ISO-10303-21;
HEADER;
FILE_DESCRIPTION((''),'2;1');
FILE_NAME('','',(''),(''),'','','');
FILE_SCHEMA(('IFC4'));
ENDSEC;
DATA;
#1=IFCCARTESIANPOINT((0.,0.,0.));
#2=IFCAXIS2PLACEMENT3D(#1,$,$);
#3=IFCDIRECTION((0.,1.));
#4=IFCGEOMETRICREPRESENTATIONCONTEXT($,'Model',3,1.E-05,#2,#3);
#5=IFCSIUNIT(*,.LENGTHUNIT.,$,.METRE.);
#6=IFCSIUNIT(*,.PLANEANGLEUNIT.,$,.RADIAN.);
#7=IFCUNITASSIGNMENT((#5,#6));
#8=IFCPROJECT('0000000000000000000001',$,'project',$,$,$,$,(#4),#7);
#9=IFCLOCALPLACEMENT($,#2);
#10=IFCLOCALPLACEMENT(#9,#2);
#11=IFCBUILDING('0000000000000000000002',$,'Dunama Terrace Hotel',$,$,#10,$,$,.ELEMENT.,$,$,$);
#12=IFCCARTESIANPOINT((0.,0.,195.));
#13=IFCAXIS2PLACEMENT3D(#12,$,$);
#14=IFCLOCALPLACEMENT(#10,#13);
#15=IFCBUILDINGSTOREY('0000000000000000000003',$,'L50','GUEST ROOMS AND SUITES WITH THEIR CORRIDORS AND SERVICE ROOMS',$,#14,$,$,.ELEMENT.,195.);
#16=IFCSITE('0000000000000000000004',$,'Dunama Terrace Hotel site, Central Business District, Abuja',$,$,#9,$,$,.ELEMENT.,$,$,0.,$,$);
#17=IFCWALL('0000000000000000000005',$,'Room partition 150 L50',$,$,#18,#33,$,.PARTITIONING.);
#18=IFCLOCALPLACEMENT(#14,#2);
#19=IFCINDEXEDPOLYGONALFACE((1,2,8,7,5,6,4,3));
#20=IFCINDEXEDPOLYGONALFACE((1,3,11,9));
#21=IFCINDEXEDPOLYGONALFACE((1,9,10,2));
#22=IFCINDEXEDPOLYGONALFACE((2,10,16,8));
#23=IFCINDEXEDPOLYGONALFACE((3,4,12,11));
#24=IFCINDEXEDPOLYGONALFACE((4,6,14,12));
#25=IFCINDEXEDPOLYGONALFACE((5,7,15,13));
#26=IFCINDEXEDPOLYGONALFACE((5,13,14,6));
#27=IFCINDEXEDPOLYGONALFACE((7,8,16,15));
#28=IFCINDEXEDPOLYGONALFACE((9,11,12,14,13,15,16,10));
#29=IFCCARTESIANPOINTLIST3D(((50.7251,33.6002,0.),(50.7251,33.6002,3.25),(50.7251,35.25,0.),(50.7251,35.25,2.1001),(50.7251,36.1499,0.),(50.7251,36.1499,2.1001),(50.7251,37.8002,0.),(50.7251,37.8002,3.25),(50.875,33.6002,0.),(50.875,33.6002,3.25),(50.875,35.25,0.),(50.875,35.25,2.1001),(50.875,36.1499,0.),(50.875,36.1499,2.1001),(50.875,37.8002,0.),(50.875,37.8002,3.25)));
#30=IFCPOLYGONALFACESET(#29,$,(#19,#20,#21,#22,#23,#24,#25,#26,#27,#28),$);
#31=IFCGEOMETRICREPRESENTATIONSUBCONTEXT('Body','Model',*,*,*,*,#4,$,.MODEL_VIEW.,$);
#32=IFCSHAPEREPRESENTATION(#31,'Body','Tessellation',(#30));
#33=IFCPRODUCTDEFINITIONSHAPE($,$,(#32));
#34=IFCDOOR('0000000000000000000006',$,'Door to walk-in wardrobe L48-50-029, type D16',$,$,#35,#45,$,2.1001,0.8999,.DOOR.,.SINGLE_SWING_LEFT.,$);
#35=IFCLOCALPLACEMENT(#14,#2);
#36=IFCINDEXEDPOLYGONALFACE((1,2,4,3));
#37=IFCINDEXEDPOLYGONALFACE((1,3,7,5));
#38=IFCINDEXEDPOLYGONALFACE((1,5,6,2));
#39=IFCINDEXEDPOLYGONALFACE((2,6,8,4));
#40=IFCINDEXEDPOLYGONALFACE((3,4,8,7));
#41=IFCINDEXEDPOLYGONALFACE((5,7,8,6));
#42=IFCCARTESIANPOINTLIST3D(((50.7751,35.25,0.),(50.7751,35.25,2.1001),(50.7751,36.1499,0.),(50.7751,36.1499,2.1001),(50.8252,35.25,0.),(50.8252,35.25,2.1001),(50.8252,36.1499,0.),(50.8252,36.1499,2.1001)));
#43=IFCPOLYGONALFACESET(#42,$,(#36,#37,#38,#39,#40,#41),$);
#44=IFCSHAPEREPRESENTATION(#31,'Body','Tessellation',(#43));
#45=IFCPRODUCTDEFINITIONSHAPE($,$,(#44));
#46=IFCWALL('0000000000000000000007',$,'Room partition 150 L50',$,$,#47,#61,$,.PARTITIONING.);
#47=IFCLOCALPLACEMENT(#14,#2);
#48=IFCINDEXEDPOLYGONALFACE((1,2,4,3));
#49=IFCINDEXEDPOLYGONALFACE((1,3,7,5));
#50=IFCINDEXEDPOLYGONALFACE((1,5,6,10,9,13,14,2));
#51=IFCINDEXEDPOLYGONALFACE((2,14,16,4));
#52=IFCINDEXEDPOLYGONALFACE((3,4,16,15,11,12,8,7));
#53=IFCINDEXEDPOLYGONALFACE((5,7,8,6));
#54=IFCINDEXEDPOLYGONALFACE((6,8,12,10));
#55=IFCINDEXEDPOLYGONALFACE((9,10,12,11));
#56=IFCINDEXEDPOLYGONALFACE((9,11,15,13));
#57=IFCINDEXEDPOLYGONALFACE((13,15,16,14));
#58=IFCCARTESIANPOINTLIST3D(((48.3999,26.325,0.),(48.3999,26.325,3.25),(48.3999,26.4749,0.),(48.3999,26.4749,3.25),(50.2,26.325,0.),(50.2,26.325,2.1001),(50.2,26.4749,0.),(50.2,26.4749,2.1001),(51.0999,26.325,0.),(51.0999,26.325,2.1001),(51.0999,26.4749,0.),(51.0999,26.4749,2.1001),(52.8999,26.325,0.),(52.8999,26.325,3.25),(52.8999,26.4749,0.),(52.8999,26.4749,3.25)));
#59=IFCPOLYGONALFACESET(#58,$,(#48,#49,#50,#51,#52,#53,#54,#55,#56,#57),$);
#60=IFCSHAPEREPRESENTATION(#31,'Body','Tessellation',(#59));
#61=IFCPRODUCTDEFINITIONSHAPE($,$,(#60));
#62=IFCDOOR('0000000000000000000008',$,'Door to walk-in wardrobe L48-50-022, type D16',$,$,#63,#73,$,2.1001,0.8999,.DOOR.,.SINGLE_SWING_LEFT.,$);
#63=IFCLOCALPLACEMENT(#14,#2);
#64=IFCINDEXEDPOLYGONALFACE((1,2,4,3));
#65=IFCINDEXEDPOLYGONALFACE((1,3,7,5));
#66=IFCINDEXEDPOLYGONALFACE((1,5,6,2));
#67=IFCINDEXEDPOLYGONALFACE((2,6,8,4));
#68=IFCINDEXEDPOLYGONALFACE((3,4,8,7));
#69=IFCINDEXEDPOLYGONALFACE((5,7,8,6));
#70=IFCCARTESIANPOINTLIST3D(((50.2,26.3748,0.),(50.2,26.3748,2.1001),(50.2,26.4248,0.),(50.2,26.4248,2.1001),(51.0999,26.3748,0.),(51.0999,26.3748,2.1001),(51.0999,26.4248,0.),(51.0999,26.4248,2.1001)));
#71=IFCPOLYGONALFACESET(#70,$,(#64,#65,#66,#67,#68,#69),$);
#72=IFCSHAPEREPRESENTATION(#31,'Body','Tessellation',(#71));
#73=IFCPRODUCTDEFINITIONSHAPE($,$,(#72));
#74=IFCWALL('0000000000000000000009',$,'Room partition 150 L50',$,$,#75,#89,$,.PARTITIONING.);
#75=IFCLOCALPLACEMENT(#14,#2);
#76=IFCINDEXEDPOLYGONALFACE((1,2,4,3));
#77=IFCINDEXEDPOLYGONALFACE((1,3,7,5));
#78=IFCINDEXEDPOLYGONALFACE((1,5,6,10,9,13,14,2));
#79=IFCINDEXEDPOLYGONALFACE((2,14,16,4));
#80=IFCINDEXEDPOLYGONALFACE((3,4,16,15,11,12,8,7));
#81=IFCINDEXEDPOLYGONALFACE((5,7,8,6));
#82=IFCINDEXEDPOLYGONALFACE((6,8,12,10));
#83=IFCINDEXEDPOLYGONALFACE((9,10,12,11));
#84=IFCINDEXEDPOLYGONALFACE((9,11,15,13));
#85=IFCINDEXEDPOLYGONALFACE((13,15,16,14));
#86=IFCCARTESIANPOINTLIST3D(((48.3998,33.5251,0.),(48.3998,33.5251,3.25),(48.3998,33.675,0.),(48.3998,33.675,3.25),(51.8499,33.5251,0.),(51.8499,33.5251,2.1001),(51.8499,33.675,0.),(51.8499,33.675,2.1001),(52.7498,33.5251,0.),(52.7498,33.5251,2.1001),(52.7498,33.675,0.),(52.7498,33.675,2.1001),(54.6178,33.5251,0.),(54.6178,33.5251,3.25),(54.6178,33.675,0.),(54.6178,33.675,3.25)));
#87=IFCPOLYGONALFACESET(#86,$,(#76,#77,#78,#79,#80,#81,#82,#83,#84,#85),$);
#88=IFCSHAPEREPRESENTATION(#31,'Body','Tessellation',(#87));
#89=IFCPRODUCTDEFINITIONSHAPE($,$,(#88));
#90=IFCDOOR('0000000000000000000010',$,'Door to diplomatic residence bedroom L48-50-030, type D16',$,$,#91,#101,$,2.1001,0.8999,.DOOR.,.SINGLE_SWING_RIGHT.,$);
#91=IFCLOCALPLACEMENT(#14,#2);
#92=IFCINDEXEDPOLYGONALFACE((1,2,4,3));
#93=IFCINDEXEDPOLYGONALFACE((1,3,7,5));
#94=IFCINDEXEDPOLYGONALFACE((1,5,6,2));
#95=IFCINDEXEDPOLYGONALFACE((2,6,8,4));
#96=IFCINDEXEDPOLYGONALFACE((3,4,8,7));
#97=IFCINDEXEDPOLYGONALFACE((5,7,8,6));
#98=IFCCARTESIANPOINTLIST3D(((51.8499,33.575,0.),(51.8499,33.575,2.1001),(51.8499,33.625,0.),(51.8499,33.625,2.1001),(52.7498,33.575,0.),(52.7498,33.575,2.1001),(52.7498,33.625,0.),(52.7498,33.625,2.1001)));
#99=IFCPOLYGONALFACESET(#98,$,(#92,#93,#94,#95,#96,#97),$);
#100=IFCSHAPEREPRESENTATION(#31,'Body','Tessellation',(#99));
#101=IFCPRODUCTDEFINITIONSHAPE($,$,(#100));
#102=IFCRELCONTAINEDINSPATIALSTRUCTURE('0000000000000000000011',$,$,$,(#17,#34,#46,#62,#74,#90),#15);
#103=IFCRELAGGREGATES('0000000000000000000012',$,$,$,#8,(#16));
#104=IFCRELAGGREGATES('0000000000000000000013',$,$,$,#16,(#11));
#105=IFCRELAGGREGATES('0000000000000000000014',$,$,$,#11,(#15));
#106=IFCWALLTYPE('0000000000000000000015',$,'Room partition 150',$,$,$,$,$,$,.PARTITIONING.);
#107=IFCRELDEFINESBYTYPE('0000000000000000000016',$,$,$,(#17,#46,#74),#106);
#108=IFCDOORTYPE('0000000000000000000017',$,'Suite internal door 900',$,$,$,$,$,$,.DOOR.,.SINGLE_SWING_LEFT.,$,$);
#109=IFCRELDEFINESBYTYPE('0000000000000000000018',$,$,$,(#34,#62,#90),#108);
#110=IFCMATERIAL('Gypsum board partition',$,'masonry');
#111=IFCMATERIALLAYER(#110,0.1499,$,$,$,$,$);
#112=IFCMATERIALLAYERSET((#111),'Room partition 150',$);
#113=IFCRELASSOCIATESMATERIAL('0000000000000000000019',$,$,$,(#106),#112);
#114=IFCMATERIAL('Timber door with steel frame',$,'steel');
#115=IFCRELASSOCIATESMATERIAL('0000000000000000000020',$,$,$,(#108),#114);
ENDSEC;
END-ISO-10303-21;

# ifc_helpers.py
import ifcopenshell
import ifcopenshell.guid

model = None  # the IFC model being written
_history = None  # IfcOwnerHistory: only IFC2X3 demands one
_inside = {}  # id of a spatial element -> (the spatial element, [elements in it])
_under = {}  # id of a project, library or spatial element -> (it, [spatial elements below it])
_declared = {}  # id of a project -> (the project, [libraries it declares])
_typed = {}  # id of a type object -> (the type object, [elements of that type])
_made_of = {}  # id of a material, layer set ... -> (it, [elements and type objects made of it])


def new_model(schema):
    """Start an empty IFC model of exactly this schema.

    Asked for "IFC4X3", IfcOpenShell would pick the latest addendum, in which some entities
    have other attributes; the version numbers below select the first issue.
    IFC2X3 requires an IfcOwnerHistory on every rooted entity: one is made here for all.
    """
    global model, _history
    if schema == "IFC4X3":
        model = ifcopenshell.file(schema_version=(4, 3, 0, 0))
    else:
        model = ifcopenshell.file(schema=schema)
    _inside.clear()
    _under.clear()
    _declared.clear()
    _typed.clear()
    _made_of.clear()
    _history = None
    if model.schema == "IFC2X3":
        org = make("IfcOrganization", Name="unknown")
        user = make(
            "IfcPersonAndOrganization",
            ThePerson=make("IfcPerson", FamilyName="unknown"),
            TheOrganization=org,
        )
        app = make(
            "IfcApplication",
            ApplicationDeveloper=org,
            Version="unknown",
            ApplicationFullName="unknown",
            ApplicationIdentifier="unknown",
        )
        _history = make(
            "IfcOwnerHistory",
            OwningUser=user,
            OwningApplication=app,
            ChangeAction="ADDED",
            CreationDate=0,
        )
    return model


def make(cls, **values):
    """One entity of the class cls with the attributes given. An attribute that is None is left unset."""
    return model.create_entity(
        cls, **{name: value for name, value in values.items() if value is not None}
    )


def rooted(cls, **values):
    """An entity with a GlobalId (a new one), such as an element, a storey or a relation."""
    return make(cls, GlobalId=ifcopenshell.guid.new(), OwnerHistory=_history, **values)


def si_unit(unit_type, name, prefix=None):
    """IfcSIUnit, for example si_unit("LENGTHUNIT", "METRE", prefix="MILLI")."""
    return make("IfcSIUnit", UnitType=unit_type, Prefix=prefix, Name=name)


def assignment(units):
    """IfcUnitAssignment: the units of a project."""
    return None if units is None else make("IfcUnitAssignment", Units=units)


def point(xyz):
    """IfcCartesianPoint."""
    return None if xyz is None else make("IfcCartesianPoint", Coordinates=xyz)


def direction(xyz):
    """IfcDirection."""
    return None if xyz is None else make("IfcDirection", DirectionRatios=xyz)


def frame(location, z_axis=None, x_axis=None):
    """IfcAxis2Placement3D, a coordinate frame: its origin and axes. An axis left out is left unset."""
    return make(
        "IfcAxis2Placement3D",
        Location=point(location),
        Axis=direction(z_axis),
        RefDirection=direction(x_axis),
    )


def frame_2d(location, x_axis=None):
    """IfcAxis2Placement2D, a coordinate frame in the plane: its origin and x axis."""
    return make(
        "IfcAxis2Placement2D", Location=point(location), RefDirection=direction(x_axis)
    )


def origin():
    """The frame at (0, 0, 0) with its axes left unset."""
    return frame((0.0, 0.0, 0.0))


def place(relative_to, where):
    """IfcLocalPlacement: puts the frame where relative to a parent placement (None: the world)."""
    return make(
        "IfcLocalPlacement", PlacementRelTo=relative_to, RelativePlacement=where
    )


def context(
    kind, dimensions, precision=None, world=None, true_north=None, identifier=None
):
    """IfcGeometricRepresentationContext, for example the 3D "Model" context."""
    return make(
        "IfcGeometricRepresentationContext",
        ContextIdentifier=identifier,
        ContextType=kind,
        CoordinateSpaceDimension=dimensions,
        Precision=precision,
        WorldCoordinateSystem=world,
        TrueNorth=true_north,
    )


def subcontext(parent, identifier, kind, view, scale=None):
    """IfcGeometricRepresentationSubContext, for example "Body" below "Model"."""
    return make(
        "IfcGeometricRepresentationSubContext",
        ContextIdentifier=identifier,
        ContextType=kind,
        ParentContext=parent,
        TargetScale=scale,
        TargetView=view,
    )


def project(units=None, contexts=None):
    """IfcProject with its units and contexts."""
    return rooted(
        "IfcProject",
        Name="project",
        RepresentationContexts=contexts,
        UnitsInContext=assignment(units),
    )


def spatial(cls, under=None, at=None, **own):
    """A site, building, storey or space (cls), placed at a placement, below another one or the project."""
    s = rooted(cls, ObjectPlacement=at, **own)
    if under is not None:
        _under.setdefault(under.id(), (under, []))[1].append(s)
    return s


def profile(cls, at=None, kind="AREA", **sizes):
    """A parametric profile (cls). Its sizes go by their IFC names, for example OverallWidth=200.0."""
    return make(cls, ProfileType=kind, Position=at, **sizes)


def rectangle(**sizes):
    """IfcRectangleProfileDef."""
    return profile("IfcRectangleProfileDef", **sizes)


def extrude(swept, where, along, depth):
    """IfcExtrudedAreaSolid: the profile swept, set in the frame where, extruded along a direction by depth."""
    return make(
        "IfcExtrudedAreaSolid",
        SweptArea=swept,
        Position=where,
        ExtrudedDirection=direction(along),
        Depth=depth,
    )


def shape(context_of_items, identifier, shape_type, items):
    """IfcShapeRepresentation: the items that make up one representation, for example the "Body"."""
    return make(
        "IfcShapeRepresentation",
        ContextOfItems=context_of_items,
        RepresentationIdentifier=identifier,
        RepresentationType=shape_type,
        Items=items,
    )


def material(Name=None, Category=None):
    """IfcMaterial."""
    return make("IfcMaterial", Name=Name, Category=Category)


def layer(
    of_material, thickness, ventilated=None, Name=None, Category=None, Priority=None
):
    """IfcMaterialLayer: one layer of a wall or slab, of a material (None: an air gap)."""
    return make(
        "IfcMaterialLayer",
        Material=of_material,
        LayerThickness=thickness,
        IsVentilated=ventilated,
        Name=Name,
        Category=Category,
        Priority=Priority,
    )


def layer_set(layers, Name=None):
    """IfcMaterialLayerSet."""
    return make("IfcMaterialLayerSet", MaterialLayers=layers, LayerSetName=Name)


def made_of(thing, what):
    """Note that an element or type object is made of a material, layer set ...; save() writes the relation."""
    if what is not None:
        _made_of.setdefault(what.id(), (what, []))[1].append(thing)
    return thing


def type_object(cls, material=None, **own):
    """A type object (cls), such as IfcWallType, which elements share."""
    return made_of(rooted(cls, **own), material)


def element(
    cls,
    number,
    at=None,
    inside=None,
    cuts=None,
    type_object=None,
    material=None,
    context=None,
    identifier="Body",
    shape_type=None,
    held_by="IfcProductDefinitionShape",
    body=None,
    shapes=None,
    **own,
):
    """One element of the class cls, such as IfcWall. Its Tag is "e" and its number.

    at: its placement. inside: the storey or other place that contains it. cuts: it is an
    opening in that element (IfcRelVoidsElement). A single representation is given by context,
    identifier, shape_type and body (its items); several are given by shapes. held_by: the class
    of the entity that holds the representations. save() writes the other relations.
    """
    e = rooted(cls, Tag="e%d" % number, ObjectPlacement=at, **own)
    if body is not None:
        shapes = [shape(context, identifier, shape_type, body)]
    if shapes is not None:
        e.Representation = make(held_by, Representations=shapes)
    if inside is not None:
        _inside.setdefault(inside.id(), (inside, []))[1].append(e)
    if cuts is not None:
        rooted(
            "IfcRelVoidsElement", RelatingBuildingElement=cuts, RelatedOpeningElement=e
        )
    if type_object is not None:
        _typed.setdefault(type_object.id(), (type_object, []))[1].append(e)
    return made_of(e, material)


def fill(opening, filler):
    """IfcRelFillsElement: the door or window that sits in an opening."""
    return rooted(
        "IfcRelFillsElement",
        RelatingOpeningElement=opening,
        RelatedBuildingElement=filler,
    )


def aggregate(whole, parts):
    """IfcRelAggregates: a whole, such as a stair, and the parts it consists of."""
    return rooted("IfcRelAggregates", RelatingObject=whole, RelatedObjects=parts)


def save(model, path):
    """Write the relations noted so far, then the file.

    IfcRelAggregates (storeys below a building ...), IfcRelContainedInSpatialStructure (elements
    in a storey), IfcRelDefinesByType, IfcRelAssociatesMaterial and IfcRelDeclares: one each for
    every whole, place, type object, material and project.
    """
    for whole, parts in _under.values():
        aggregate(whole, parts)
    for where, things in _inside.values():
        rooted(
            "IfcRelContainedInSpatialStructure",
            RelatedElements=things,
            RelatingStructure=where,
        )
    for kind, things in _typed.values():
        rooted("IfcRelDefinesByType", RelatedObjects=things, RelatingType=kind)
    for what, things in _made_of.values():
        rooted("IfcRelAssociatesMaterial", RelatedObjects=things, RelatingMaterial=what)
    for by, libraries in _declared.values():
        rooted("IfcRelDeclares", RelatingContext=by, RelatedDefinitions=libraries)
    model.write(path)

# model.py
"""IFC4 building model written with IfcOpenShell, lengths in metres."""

from ifc_helpers import new_model, si_unit, direction, frame, frame_2d, origin, place, context, subcontext, project, spatial, rectangle, extrude, material, layer, layer_set, type_object, element, fill, save


model = new_model("IFC4")

# Units and contexts
model_context = context("Model", 3, precision=1e-05, world=origin(), true_north=direction((0.0, 1.0)))
body_context = subcontext(model_context, "Body", "Model", "MODEL_VIEW")
ifc_project = project(units=[si_unit("LENGTHUNIT", "METRE"), si_unit("PLANEANGLEUNIT", "RADIAN")], contexts=[model_context])

# Site, building, storey
site_placement = place(None, origin())
site = spatial("IfcSite", under=ifc_project, at=site_placement, Name="Dunama Terrace Hotel site, Central Business District, Abuja", CompositionType="ELEMENT", RefElevation=0.0)
building_placement = place(site_placement, origin())
building = spatial("IfcBuilding", under=site, at=building_placement, Name="Dunama Terrace Hotel", CompositionType="ELEMENT")
storey_placement = place(building_placement, frame((0.0, 0.0, 195.0)))
storey = spatial("IfcBuildingStorey", under=building, at=storey_placement, Name="L50", Description="GUEST ROOMS AND SUITES WITH THEIR CORRIDORS AND SERVICE ROOMS", CompositionType="ELEMENT", Elevation=195.0)

# Shared definitions
ifc_material_1 = material(Name="Gypsum board partition", Category="masonry")
ifc_layer_1 = layer(ifc_material_1, 0.1499)
ifc_layer_set_1 = layer_set([ifc_layer_1], Name="Room partition 150")
wall_type_1 = type_object("IfcWallType", Name="Room partition 150", PredefinedType="PARTITIONING", material=ifc_layer_set_1)

# Walls, openings, doors
wall_1_placement = place(storey_placement, frame((50.8, 33.6001, 0.0), z_axis=(0.0, 0.0, 1.0), x_axis=(0.0, 1.0, 0.0)))
wall_1 = element("IfcWall", 1, at=wall_1_placement, inside=storey, type_object=wall_type_1, Name="Room partition 150 L50", PredefinedType="PARTITIONING", context=body_context, shape_type="SweptSolid", body=[
    extrude(rectangle(XDim=4.2, YDim=0.1499, at=frame_2d((2.1001, 0.0))), origin(), (0.0, 0.0, 1.0), 3.25),
])
opening_1_placement = place(wall_1_placement, frame((1.6499, 0.0, 0.0)))
opening_1 = element("IfcOpeningElement", 2, at=opening_1_placement, cuts=wall_1, PredefinedType="OPENING", context=body_context, shape_type="SweptSolid", body=[
    extrude(rectangle(XDim=0.8999, YDim=2.1001, at=frame_2d((0.45, 1.05))), frame((0.0, 0.085, 0.0), z_axis=(0.0, -1.0, 0.0), x_axis=(1.0, 0.0, 0.0)), (0.0, 0.0, 1.0), 0.1699),
])
ifc_material_2 = material(Name="Timber door with steel frame", Category="steel")
door_type_1 = type_object("IfcDoorType", Name="Suite internal door 900", OperationType="SINGLE_SWING_LEFT", PredefinedType="DOOR", material=ifc_material_2)
door_1_placement = place(opening_1_placement, origin())
door_1 = element("IfcDoor", 3, at=door_1_placement, inside=storey, type_object=door_type_1, Name="Door to walk-in wardrobe L48-50-029, type D16", OperationType="SINGLE_SWING_LEFT", OverallHeight=2.1001, OverallWidth=0.8999, PredefinedType="DOOR", context=body_context, shape_type="SweptSolid", body=[
    extrude(rectangle(XDim=0.8999, YDim=2.1001, at=frame_2d((0.45, 1.05))), frame((0.0, 0.0249, 0.0), z_axis=(0.0, -1.0, 0.0), x_axis=(1.0, 0.0, 0.0)), (0.0, 0.0, 1.0), 0.05),
])
fill(opening_1, door_1)
wall_2_placement = place(storey_placement, frame((48.3999, 26.3999, 0.0), z_axis=(0.0, 0.0, 1.0), x_axis=(1.0, 0.0, 0.0)))
wall_2 = element("IfcWall", 4, at=wall_2_placement, inside=storey, type_object=wall_type_1, Name="Room partition 150 L50", PredefinedType="PARTITIONING", context=body_context, shape_type="SweptSolid", body=[
    extrude(rectangle(XDim=4.5, YDim=0.1499, at=frame_2d((2.25, 0.0))), origin(), (0.0, 0.0, 1.0), 3.25),
])
opening_2_placement = place(wall_2_placement, frame((1.8, 0.0, 0.0)))
opening_2 = element("IfcOpeningElement", 5, at=opening_2_placement, cuts=wall_2, PredefinedType="OPENING", context=body_context, shape_type="SweptSolid", body=[
    extrude(rectangle(XDim=0.8999, YDim=2.1001, at=frame_2d((0.45, 1.05))), frame((0.0, 0.085, 0.0), z_axis=(0.0, -1.0, 0.0), x_axis=(1.0, 0.0, 0.0)), (0.0, 0.0, 1.0), 0.1699),
])
door_2_placement = place(opening_2_placement, origin())
door_2 = element("IfcDoor", 6, at=door_2_placement, inside=storey, type_object=door_type_1, Name="Door to walk-in wardrobe L48-50-022, type D16", OperationType="SINGLE_SWING_LEFT", OverallHeight=2.1001, OverallWidth=0.8999, PredefinedType="DOOR", context=body_context, shape_type="SweptSolid", body=[
    extrude(rectangle(XDim=0.8999, YDim=2.1001, at=frame_2d((0.45, 1.05))), frame((0.0, 0.0249, 0.0), z_axis=(0.0, -1.0, 0.0), x_axis=(1.0, 0.0, 0.0)), (0.0, 0.0, 1.0), 0.05),
])
fill(opening_2, door_2)
wall_3_placement = place(storey_placement, frame((48.3999, 33.6001, 0.0), z_axis=(0.0, 0.0, 1.0), x_axis=(1.0, 0.0, 0.0)))
wall_3 = element("IfcWall", 7, at=wall_3_placement, inside=storey, type_object=wall_type_1, Name="Room partition 150 L50", PredefinedType="PARTITIONING", context=body_context, shape_type="SweptSolid", body=[
    extrude(rectangle(XDim=6.218, YDim=0.1499, at=frame_2d((3.1089, 0.0))), origin(), (0.0, 0.0, 1.0), 3.25),
])
opening_3_placement = place(wall_3_placement, frame((3.45, 0.0, 0.0)))
opening_3 = element("IfcOpeningElement", 8, at=opening_3_placement, cuts=wall_3, PredefinedType="OPENING", context=body_context, shape_type="SweptSolid", body=[
    extrude(rectangle(XDim=0.8999, YDim=2.1001, at=frame_2d((0.45, 1.05))), frame((0.0, 0.085, 0.0), z_axis=(0.0, -1.0, 0.0), x_axis=(1.0, 0.0, 0.0)), (0.0, 0.0, 1.0), 0.1699),
])
door_3_placement = place(opening_3_placement, origin())
door_3 = element("IfcDoor", 9, at=door_3_placement, inside=storey, type_object=door_type_1, Name="Door to diplomatic residence bedroom L48-50-030, type D16", OperationType="SINGLE_SWING_RIGHT", OverallHeight=2.1001, OverallWidth=0.8999, PredefinedType="DOOR", context=body_context, shape_type="SweptSolid", body=[
    extrude(rectangle(XDim=0.8999, YDim=2.1001, at=frame_2d((0.45, 1.05))), frame((0.0, 0.0249, 0.0), z_axis=(0.0, -1.0, 0.0), x_axis=(1.0, 0.0, 0.0)), (0.0, 0.0, 1.0), 0.05),
])
fill(opening_3, door_3)

save(model, "model.ifc")
